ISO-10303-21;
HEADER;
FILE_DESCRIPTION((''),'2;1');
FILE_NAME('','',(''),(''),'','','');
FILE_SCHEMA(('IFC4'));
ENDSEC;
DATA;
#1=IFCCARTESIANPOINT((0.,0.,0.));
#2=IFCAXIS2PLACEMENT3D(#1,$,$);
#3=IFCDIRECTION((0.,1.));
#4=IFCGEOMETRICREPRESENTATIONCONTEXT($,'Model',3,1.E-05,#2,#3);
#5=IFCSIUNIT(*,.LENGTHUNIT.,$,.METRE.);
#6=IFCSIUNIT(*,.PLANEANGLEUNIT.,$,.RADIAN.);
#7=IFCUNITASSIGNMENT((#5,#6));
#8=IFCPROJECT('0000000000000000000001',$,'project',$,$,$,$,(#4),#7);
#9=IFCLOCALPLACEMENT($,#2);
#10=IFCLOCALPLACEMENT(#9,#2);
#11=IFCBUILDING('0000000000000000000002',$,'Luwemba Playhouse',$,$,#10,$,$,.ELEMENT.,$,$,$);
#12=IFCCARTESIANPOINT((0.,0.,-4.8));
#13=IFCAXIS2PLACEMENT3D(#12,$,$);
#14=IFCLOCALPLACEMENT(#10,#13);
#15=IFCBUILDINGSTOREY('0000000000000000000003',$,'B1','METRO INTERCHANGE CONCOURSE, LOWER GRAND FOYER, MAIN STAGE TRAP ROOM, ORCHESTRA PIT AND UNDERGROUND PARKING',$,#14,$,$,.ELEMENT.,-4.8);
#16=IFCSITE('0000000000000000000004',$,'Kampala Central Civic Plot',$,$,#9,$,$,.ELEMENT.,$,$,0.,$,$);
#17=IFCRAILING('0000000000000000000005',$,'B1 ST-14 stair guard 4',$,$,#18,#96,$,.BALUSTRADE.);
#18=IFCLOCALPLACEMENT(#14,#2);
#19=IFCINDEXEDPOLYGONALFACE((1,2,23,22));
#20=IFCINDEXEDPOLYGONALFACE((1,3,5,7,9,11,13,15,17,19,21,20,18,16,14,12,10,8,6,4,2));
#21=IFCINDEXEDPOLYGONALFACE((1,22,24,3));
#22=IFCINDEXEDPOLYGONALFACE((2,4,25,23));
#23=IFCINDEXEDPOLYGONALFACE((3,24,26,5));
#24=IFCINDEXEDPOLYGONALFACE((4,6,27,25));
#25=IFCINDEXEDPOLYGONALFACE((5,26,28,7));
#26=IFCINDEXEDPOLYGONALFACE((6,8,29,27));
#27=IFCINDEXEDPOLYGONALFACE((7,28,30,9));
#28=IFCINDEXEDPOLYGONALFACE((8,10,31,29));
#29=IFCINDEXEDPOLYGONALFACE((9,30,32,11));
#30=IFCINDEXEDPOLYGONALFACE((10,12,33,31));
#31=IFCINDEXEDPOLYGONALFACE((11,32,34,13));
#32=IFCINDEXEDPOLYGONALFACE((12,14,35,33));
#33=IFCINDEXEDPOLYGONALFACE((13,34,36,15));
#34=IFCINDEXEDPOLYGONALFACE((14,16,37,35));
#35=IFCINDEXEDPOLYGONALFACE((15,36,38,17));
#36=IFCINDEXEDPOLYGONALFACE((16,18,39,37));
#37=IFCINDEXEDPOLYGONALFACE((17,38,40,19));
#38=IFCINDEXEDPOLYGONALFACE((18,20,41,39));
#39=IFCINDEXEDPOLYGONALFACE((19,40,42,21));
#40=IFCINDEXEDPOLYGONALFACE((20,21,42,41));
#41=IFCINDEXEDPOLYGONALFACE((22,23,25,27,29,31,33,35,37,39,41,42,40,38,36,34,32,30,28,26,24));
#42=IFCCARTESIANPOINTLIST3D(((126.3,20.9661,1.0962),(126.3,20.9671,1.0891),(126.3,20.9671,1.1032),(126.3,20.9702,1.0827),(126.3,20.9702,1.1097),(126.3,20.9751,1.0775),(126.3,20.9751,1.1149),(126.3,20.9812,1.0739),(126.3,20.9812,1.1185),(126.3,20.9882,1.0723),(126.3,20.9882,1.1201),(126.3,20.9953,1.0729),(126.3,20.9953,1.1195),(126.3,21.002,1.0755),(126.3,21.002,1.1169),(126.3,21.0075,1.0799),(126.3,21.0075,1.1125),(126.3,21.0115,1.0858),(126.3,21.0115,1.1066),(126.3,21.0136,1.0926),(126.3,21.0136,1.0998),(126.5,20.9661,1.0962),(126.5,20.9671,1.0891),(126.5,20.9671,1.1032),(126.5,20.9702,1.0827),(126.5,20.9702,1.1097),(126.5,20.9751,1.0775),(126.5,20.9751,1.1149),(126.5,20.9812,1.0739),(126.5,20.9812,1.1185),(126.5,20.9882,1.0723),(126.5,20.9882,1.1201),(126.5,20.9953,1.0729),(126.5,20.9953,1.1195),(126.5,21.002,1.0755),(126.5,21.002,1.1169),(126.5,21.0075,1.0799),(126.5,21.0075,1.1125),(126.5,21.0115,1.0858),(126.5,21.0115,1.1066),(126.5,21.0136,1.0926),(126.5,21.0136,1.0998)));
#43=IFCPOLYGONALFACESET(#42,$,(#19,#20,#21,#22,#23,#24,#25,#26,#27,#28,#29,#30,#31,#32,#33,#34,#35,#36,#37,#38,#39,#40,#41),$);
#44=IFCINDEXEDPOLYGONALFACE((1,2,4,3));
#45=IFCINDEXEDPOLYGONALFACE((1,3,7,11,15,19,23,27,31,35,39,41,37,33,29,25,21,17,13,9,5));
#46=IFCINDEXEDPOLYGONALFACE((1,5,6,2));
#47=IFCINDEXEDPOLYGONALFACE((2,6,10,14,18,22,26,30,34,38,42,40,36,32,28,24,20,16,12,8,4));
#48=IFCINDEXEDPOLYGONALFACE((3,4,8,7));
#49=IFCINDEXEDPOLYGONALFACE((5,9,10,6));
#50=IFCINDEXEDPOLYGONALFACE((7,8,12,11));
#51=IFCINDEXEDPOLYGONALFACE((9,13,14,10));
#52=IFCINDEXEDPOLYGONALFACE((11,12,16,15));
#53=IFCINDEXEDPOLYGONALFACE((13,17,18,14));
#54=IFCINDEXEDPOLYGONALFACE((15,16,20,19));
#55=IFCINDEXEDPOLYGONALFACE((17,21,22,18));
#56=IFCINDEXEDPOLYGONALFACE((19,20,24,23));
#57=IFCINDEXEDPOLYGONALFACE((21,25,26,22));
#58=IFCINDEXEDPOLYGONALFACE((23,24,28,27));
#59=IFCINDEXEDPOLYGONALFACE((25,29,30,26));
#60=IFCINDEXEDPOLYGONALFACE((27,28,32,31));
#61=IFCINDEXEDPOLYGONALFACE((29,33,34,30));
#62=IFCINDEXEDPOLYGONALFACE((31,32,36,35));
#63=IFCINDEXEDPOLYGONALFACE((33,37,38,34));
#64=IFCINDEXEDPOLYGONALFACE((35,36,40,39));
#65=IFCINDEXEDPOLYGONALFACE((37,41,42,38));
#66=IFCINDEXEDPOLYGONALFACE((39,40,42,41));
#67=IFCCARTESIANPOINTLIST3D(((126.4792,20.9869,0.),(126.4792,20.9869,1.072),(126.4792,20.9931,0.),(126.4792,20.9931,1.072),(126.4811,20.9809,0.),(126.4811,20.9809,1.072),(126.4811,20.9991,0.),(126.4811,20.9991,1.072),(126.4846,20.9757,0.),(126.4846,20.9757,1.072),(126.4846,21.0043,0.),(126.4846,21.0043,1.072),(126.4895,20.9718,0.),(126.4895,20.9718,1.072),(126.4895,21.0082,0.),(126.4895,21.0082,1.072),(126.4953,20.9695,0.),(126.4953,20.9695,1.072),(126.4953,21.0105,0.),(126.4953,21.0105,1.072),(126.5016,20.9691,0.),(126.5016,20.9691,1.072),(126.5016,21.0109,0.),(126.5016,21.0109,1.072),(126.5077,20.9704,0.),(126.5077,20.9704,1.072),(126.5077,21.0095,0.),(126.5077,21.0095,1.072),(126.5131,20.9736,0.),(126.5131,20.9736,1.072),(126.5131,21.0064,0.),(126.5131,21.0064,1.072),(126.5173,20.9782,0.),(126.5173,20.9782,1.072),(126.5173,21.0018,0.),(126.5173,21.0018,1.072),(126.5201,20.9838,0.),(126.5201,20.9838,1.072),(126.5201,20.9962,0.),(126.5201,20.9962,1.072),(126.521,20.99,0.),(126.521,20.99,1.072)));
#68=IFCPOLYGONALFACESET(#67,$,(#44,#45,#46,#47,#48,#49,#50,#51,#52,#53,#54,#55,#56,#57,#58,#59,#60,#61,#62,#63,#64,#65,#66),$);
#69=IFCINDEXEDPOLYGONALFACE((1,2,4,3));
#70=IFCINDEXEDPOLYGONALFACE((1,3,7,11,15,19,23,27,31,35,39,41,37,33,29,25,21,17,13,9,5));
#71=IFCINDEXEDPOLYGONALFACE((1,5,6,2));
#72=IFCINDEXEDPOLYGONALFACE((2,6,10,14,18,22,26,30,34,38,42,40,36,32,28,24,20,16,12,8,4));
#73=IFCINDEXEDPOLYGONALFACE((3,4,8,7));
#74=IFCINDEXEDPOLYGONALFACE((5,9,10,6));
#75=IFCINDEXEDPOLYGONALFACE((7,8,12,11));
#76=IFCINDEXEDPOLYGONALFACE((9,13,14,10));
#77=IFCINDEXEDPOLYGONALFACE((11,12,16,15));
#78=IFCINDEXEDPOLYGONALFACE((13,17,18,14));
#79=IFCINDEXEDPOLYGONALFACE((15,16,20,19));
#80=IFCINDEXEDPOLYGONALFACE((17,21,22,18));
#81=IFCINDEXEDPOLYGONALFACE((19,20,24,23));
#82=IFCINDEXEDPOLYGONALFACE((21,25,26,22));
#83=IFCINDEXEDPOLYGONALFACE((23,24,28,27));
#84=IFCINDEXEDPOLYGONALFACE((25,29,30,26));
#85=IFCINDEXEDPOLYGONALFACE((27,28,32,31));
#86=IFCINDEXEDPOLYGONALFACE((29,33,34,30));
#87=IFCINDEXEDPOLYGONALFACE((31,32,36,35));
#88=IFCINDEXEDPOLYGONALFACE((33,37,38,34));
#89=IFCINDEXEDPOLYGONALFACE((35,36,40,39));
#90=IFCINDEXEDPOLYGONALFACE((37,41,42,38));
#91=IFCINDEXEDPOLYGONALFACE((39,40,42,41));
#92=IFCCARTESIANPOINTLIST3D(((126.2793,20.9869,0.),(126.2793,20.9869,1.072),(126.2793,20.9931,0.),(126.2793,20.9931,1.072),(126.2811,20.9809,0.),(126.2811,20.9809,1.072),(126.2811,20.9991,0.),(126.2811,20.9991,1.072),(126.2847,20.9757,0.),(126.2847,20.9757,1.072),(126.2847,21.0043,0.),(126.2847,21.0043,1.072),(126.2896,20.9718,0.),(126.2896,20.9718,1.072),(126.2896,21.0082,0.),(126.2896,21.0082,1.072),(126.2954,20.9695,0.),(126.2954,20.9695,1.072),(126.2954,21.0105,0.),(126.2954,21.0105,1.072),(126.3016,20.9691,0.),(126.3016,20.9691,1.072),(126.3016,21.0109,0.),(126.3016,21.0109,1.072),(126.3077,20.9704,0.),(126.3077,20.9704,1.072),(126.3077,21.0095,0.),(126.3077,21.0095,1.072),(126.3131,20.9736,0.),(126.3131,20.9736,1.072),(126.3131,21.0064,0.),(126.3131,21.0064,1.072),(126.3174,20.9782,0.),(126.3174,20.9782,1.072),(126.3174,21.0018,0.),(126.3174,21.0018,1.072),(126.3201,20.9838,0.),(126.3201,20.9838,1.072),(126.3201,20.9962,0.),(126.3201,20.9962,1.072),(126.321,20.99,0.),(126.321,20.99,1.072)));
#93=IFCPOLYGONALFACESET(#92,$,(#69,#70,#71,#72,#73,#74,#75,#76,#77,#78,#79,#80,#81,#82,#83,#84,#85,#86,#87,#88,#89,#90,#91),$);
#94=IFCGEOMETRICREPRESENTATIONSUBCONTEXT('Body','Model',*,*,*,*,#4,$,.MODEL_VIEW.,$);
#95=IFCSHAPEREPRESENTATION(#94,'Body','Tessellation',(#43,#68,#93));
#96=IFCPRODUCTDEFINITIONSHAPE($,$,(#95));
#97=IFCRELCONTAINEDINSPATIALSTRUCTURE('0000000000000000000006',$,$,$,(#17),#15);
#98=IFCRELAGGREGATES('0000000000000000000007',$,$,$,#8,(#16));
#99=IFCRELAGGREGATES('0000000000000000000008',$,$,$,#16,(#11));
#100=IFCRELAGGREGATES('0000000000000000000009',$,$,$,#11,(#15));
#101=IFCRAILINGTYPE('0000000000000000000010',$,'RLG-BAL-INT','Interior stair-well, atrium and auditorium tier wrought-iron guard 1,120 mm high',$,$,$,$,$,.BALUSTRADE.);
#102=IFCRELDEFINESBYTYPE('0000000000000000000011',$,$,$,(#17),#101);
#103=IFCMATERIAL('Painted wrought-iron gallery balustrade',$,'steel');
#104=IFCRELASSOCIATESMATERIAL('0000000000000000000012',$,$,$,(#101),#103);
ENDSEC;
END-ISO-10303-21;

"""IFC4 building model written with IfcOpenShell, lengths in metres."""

from ifc_helpers import new_model, si_unit, direction, frame, origin, origin_2d, place, context, subcontext, project, spatial, circle, extrude, material, type_object, element, save


model = new_model("IFC4")

# Units and contexts
model_context = context("Model", 3, precision=1e-05, world=origin(), true_north=direction((0.0, 1.0)))
body_context = subcontext(model_context, "Body", "Model", "MODEL_VIEW")
ifc_project = project(units=[si_unit("LENGTHUNIT", "METRE"), si_unit("PLANEANGLEUNIT", "RADIAN")], contexts=[model_context])

# Site, building, storey
site_placement = place(None, origin())
site = spatial("IfcSite", under=ifc_project, at=site_placement, Name="Kampala Central Civic Plot", CompositionType="ELEMENT", RefElevation=0.0)
building_placement = place(site_placement, origin())
building = spatial("IfcBuilding", under=site, at=building_placement, Name="Luwemba Playhouse", CompositionType="ELEMENT")
storey_placement = place(building_placement, frame((0.0, 0.0, -4.8)))
storey = spatial("IfcBuildingStorey", under=building, at=storey_placement, Name="B1", Description="METRO INTERCHANGE CONCOURSE, LOWER GRAND FOYER, MAIN STAGE TRAP ROOM, ORCHESTRA PIT AND UNDERGROUND PARKING", CompositionType="ELEMENT", Elevation=-4.8)

# Railing
ifc_material_1 = material(Name="Painted wrought-iron gallery balustrade", Category="steel")
railing_type_1 = type_object("IfcRailingType", Name="RLG-BAL-INT", Description="Interior stair-well, atrium and auditorium tier wrought-iron guard 1,120 mm high", PredefinedType="BALUSTRADE", material=ifc_material_1)
railing_1_placement = place(storey_placement, frame((126.5, 20.99, 0.0)))
element("IfcRailing", 1, at=railing_1_placement, inside=storey, type_object=railing_type_1, Name="B1 ST-14 stair guard 4", PredefinedType="BALUSTRADE", context=body_context, shape_type="SweptSolid", body=[
    extrude(circle(Radius=0.0239, at=origin_2d()), frame((0.0, 0.0, 1.0962), z_axis=(-1.0, 0.0, 0.0), x_axis=(0.0, -1.0, 0.0)), (0.0, 0.0, 1.0), 0.2),
    extrude(circle(Radius=0.021, at=origin_2d()), origin(), (0.0, 0.0, 1.0), 1.072),
    extrude(circle(Radius=0.021, at=origin_2d()), frame((-0.2, 0.0, 0.0)), (0.0, 0.0, 1.0), 1.072),
])

save(model, "model.ifc")
